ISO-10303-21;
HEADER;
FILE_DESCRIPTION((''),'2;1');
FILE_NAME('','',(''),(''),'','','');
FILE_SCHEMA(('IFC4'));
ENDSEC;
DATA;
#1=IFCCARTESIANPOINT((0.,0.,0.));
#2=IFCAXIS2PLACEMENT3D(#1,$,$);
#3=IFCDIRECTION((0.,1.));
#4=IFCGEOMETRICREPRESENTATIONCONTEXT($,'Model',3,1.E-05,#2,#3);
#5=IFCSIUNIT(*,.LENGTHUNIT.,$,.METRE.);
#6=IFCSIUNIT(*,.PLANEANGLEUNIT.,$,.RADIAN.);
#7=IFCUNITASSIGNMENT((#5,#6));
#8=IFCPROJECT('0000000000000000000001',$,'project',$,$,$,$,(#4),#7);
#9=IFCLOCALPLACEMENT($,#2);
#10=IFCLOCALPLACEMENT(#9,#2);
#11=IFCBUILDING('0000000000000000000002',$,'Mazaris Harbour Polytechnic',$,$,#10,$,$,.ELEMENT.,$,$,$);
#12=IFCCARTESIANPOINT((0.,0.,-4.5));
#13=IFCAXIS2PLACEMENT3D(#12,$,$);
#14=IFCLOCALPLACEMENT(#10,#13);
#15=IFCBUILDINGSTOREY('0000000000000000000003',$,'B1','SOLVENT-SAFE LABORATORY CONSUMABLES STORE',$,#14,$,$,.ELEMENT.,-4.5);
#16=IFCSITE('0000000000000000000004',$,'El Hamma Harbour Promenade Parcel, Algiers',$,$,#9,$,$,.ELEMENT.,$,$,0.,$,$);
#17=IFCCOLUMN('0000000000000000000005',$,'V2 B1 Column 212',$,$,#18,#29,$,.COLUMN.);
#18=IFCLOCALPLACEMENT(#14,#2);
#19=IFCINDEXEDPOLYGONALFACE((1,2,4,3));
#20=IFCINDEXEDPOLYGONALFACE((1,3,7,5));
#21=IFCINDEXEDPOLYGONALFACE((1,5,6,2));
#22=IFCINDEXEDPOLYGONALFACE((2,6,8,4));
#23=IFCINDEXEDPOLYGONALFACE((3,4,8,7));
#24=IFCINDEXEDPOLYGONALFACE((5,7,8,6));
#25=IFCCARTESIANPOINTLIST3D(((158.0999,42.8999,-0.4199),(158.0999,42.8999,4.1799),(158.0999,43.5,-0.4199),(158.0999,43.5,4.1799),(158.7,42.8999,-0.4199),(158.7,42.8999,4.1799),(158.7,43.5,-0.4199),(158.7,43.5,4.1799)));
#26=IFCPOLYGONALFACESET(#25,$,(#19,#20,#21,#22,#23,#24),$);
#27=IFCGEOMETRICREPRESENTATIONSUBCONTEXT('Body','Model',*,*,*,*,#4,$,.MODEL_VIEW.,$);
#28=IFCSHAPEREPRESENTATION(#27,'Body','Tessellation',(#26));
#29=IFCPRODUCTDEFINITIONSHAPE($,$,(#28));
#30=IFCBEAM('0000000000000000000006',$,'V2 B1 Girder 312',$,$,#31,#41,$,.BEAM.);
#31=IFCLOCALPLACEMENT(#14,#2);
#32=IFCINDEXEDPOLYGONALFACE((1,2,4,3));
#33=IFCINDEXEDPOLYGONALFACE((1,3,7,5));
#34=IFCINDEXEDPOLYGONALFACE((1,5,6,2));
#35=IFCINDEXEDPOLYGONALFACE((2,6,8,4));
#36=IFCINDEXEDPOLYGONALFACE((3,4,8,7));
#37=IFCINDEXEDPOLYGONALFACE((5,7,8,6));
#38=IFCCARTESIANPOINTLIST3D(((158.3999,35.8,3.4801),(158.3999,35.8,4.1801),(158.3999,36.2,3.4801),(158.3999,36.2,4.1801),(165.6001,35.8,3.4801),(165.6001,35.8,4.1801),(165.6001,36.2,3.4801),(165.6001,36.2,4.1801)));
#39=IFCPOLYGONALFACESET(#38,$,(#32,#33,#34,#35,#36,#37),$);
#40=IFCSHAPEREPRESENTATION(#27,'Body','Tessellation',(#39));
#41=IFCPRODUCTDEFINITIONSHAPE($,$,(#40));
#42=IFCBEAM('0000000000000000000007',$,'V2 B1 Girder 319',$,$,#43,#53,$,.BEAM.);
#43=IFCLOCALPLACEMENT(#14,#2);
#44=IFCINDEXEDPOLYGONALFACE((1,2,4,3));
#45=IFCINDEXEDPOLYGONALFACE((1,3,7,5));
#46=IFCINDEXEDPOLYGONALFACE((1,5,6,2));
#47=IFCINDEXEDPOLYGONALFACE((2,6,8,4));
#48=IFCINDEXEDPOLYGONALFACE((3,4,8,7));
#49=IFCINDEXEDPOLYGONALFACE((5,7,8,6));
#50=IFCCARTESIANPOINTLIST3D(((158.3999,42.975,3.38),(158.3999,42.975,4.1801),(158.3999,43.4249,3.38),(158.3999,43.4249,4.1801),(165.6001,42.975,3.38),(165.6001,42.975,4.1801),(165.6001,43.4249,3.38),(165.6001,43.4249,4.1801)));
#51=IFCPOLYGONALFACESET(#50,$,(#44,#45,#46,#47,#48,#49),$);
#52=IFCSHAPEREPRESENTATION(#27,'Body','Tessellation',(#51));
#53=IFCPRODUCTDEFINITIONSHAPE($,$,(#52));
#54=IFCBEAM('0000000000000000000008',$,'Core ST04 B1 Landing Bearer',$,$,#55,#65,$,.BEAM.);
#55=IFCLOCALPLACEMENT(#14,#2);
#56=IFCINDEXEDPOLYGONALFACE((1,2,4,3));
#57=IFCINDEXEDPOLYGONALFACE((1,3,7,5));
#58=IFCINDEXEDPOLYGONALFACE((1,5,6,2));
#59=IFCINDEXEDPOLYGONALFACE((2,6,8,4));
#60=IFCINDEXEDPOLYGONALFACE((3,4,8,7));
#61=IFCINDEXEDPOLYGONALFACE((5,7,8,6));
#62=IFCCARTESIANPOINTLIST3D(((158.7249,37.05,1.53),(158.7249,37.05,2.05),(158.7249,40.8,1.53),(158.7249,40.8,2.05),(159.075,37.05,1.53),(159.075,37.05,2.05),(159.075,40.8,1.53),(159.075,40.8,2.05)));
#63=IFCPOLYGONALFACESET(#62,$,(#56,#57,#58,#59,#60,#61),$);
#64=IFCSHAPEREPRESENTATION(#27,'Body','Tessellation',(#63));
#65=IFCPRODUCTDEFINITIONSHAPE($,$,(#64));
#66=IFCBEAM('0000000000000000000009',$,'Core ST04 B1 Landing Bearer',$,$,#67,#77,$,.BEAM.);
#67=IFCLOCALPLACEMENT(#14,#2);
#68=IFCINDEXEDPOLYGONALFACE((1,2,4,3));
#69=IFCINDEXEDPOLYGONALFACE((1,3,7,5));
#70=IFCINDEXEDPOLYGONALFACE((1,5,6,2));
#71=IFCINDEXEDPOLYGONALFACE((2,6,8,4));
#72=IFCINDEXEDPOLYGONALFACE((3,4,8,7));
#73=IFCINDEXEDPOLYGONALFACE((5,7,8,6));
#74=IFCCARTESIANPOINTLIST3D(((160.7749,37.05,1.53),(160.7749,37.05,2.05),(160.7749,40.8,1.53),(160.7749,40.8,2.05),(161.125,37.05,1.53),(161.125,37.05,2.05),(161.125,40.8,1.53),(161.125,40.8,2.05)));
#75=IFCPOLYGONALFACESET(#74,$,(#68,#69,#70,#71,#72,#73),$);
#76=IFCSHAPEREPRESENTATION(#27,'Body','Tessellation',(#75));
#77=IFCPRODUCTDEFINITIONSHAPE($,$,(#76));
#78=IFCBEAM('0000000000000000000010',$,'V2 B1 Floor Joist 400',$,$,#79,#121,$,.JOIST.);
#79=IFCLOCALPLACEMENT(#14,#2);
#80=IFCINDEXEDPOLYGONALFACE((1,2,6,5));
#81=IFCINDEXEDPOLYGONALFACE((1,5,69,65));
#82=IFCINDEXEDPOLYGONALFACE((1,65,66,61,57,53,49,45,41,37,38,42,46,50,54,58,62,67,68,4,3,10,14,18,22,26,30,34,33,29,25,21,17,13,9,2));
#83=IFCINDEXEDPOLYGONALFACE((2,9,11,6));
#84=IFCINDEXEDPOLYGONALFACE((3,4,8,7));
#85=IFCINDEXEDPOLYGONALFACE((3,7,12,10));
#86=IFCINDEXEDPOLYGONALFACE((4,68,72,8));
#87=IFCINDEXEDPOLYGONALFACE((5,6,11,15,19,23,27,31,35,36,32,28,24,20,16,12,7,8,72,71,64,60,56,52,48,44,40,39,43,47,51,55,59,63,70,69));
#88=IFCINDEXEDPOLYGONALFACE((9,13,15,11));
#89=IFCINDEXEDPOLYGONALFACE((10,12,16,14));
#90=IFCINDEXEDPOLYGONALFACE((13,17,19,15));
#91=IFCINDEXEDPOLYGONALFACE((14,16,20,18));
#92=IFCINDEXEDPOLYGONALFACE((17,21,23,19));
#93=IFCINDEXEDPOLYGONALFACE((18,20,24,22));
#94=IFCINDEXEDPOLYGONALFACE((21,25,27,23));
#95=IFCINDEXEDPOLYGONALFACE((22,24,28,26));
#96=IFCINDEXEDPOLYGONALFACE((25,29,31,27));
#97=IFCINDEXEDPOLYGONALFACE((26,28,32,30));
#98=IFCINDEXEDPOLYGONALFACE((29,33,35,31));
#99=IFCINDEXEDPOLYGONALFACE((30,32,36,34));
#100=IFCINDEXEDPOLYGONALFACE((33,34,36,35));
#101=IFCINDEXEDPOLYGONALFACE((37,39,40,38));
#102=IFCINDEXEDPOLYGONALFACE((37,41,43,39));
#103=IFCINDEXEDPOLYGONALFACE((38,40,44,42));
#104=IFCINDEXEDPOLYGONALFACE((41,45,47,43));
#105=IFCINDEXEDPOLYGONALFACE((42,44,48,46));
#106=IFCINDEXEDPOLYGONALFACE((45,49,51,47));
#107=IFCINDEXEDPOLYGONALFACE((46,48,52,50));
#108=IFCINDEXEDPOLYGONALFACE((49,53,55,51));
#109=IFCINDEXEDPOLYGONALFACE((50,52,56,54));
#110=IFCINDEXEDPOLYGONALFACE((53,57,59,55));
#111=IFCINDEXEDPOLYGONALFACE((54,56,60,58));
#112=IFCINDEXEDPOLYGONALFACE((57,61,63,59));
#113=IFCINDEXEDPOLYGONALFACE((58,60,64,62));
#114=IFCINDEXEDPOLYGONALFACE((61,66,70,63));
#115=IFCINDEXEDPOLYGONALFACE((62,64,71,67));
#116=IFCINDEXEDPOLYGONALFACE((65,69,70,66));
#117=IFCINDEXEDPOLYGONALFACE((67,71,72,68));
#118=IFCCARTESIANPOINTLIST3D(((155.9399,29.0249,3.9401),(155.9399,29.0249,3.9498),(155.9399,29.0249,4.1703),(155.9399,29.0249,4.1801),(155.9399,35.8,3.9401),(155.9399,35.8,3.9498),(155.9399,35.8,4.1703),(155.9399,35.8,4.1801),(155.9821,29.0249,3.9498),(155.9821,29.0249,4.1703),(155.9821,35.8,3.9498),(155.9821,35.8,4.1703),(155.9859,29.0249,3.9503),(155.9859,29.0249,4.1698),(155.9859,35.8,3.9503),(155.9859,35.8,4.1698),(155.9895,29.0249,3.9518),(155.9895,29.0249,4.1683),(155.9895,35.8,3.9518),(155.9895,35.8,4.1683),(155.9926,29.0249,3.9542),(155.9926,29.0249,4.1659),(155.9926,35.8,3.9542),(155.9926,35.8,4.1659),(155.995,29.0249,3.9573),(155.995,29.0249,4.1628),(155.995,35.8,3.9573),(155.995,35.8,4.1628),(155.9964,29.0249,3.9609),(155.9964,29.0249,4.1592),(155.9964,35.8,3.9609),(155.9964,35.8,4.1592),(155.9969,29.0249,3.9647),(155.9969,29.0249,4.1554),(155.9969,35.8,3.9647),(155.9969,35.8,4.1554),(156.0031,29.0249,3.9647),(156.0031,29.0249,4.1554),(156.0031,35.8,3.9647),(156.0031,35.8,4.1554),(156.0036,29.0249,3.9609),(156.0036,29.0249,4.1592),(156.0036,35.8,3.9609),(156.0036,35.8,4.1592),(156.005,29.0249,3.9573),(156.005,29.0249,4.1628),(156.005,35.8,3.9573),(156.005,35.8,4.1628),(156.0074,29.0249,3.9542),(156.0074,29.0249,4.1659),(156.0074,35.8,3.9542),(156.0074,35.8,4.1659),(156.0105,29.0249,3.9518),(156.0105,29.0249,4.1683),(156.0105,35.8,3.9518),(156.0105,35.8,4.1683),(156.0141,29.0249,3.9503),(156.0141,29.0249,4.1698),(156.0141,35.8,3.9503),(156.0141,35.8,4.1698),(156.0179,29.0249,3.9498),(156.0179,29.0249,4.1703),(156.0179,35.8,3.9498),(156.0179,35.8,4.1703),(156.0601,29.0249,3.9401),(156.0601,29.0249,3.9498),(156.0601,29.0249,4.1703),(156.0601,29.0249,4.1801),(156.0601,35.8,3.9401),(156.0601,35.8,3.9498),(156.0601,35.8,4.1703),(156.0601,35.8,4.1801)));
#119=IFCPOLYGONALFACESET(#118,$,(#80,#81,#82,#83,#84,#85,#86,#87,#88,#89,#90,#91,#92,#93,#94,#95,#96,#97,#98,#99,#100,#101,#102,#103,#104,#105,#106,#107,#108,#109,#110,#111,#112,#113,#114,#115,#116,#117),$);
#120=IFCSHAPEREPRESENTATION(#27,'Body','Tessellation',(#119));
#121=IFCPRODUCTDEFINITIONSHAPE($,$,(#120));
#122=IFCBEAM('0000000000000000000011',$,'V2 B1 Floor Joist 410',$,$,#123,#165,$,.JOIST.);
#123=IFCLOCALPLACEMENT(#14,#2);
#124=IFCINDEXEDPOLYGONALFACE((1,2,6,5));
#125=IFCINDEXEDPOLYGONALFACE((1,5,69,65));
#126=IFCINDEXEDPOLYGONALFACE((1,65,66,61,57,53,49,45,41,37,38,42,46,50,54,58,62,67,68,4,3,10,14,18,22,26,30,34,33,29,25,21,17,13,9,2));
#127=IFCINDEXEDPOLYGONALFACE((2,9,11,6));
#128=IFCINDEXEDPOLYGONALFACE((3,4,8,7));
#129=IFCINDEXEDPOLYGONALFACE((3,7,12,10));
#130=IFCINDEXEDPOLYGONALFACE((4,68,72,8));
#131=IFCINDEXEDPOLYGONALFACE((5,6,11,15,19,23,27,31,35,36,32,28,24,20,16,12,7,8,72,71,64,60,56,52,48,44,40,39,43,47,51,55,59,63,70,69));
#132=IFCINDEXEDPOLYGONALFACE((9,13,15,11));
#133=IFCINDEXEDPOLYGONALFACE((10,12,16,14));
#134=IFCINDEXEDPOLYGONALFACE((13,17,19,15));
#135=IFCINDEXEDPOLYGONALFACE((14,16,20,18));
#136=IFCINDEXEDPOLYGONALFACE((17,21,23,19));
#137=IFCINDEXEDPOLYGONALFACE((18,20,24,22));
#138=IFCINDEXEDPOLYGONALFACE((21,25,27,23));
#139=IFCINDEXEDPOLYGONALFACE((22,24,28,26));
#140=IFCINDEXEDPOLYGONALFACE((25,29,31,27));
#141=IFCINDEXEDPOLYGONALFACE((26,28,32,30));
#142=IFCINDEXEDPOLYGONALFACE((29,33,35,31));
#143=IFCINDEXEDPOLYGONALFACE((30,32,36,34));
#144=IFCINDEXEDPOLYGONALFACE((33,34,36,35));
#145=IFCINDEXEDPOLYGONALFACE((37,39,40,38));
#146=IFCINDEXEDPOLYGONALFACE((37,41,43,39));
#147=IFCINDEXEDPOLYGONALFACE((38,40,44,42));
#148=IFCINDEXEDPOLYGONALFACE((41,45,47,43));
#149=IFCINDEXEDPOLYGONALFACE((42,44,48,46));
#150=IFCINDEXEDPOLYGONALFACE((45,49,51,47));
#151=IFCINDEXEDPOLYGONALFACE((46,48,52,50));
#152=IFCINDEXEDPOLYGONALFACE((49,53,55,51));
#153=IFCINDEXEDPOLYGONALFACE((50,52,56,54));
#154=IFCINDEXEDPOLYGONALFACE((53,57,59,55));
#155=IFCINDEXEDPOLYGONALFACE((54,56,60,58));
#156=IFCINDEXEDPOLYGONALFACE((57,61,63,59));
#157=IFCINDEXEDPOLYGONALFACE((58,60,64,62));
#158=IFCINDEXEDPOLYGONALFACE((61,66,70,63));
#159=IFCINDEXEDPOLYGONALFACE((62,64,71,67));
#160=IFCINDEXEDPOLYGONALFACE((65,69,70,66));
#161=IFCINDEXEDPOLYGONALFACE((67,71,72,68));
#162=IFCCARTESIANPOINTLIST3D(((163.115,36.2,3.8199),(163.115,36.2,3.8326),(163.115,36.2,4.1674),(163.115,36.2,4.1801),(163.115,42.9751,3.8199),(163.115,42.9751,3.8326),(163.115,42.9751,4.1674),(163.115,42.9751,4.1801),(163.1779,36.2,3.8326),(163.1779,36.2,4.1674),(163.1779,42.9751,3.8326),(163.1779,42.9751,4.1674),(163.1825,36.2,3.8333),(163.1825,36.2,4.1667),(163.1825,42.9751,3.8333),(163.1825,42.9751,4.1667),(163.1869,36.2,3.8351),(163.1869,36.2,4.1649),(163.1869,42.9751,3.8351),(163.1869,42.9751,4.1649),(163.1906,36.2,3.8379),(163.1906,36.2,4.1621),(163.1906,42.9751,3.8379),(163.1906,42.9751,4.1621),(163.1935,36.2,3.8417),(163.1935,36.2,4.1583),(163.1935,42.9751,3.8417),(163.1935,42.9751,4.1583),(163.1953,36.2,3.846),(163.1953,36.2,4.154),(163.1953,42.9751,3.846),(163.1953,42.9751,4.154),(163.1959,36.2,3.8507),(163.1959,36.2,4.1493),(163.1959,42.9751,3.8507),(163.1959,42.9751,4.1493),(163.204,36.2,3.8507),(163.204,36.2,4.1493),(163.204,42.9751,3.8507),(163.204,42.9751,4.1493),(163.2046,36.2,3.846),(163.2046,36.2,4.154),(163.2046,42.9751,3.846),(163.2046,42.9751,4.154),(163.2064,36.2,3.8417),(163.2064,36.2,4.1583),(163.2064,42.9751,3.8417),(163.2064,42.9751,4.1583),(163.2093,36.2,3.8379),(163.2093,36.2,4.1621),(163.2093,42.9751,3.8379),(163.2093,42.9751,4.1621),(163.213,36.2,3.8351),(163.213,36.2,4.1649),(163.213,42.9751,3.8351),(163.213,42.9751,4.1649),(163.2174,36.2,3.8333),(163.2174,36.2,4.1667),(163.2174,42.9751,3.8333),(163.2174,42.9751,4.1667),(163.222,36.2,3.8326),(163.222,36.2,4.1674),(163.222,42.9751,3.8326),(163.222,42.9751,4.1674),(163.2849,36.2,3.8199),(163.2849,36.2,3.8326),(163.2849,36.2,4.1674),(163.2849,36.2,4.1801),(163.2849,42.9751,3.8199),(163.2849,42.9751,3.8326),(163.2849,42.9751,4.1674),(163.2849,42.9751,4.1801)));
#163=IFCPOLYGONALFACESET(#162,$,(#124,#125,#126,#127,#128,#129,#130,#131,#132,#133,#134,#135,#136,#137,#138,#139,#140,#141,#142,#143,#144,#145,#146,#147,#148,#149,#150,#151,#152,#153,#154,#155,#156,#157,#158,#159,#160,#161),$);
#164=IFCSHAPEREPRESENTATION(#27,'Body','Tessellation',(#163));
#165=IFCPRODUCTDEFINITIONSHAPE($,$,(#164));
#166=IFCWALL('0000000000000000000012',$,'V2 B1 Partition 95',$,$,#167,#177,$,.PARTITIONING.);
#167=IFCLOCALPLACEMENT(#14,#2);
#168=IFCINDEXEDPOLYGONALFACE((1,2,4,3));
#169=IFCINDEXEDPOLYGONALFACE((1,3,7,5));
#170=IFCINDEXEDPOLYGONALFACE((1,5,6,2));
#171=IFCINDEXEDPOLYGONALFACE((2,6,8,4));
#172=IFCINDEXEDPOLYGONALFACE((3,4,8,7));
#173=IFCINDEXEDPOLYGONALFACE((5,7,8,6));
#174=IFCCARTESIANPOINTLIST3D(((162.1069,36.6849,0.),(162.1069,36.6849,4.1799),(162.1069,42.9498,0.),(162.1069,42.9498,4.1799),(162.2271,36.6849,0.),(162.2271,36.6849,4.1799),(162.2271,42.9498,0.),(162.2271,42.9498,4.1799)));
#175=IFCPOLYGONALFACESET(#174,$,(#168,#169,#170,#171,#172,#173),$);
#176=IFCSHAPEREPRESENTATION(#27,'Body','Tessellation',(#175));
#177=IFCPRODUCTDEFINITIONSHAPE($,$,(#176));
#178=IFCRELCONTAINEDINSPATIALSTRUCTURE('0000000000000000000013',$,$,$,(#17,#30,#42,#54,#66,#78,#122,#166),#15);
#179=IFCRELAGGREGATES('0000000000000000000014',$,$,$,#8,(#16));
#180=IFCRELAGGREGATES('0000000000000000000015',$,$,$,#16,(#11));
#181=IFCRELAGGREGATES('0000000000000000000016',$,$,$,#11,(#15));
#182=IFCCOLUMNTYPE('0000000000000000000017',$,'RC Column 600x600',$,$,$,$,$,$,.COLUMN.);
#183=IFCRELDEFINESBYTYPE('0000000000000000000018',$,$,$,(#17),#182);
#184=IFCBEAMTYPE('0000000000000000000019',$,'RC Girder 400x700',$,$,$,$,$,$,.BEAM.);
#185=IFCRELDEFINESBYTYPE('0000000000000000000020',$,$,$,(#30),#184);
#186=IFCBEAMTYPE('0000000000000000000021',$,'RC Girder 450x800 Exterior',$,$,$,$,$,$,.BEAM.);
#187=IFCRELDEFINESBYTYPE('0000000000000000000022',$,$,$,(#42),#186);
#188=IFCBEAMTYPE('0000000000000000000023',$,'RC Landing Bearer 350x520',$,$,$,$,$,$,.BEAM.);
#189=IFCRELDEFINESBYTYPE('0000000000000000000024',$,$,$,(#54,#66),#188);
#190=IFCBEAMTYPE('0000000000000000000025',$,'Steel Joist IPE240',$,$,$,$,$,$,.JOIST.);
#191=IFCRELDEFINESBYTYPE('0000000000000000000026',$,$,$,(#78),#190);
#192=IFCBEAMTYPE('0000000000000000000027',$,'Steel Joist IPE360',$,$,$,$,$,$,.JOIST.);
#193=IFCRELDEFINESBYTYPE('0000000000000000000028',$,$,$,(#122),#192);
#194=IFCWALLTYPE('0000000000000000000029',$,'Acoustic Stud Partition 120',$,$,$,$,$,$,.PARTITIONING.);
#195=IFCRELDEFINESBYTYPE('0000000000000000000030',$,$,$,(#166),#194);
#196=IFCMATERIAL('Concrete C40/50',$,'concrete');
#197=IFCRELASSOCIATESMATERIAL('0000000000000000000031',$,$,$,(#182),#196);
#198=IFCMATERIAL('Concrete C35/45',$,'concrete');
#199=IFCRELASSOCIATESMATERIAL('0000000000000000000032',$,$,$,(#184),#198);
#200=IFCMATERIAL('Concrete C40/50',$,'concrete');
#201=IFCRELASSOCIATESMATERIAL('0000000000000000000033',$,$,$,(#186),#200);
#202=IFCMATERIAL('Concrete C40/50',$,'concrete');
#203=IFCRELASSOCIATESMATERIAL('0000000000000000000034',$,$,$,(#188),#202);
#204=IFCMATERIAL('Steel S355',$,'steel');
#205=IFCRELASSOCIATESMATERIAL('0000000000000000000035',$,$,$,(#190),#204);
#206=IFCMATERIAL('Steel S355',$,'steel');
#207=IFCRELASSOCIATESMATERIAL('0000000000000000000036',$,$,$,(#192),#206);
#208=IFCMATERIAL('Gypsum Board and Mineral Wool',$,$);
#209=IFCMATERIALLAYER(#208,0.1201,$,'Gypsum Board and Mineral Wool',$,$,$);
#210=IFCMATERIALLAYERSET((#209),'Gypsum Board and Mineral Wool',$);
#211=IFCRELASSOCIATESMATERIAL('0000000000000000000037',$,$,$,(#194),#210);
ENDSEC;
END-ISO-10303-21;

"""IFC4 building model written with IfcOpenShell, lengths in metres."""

from ifc_helpers import new_model, si_unit, direction, frame, frame_2d, origin, origin_2d, place, context, subcontext, project, spatial, rectangle, i_section, extrude, material, layer, layer_set, material_profile, profile_set, type_object, element, save


model = new_model("IFC4")

# Units and contexts
model_context = context("Model", 3, precision=1e-05, world=origin(), true_north=direction((0.0, 1.0)))
body_context = subcontext(model_context, "Body", "Model", "MODEL_VIEW")
ifc_project = project(units=[si_unit("LENGTHUNIT", "METRE"), si_unit("PLANEANGLEUNIT", "RADIAN")], contexts=[model_context])

# Site, building, storey
site_placement = place(None, origin())
site = spatial("IfcSite", under=ifc_project, at=site_placement, Name="El Hamma Harbour Promenade Parcel, Algiers", CompositionType="ELEMENT", RefElevation=0.0)
building_placement = place(site_placement, origin())
building = spatial("IfcBuilding", under=site, at=building_placement, Name="Mazaris Harbour Polytechnic", CompositionType="ELEMENT")
storey_placement = place(building_placement, frame((0.0, 0.0, -4.5)))
storey = spatial("IfcBuildingStorey", under=building, at=storey_placement, Name="B1", Description="SOLVENT-SAFE LABORATORY CONSUMABLES STORE", CompositionType="ELEMENT", Elevation=-4.5)

# Column
ifc_material_1 = material(Name="Concrete C40/50", Category="concrete")
ifc_material_profile_1 = material_profile(ifc_material_1, rectangle(XDim=0.6001, YDim=0.6001, at=origin_2d()), Name="RECT600x600")
ifc_profile_set_1 = profile_set([ifc_material_profile_1], Name="Concrete C40/50")
column_type_1 = type_object("IfcColumnType", Name="RC Column 600x600", PredefinedType="COLUMN", material=ifc_profile_set_1)
column_1_placement = place(storey_placement, frame((158.3999, 43.2, -0.4199), z_axis=(0.0, 0.0, 1.0), x_axis=(1.0, 0.0, 0.0)))
element("IfcColumn", 1, at=column_1_placement, inside=storey, type_object=column_type_1, Name="V2 B1 Column 212", PredefinedType="COLUMN", context=body_context, shape_type="SweptSolid", body=[
    extrude(rectangle(XDim=0.6001, YDim=0.6001, at=origin_2d()), origin(), (0.0, 0.0, 1.0), 4.5999),
])

# Beams
ifc_material_2 = material(Name="Concrete C35/45", Category="concrete")
ifc_material_profile_2 = material_profile(ifc_material_2, rectangle(XDim=0.3999, YDim=0.7, at=origin_2d()), Name="RECT400x700")
ifc_profile_set_2 = profile_set([ifc_material_profile_2], Name="Concrete C35/45")
beam_type_1 = type_object("IfcBeamType", Name="RC Girder 400x700", PredefinedType="BEAM", material=ifc_profile_set_2)
beam_1_placement = place(storey_placement, frame((158.3999, 36.0, 3.8301), z_axis=(1.0, 0.0, 0.0), x_axis=(0.0, 1.0, 0.0)))
element("IfcBeam", 2, at=beam_1_placement, inside=storey, type_object=beam_type_1, Name="V2 B1 Girder 312", PredefinedType="BEAM", context=body_context, shape_type="SweptSolid", body=[
    extrude(rectangle(XDim=0.3999, YDim=0.7, at=origin_2d()), origin(), (0.0, 0.0, 1.0), 7.2002),
])
ifc_material_3 = material(Name="Concrete C40/50", Category="concrete")
ifc_material_profile_3 = material_profile(ifc_material_3, rectangle(XDim=0.45, YDim=0.8, at=origin_2d()), Name="RECT450x800")
ifc_profile_set_3 = profile_set([ifc_material_profile_3], Name="Concrete C40/50")
beam_type_2 = type_object("IfcBeamType", Name="RC Girder 450x800 Exterior", PredefinedType="BEAM", material=ifc_profile_set_3)
beam_2_placement = place(storey_placement, frame((158.3999, 43.2, 3.78), z_axis=(1.0, 0.0, 0.0), x_axis=(0.0, 1.0, 0.0)))
element("IfcBeam", 3, at=beam_2_placement, inside=storey, type_object=beam_type_2, Name="V2 B1 Girder 319", PredefinedType="BEAM", context=body_context, shape_type="SweptSolid", body=[
    extrude(rectangle(XDim=0.45, YDim=0.8, at=origin_2d()), origin(), (0.0, 0.0, 1.0), 7.2002),
])
ifc_material_4 = material(Name="Concrete C40/50", Category="concrete")
ifc_material_profile_4 = material_profile(ifc_material_4, rectangle(XDim=0.3501, YDim=0.52, at=origin_2d()), Name="RECT350x520")
ifc_profile_set_4 = profile_set([ifc_material_profile_4], Name="Concrete C40/50")
beam_type_3 = type_object("IfcBeamType", Name="RC Landing Bearer 350x520", PredefinedType="BEAM", material=ifc_profile_set_4)
for number, where, z_axis, x_axis, name in (
    (4, (158.8999, 37.05, 1.79), (0.0, 1.0, 0.0), (-1.0, 0.0, 0.0), "Core ST04 B1 Landing Bearer"),
    (5, (160.95, 37.05, 1.79), (0.0, 1.0, 0.0), (-1.0, 0.0, 0.0), "Core ST04 B1 Landing Bearer"),
):
    element("IfcBeam", number, at=place(storey_placement, frame(where, z_axis=z_axis, x_axis=x_axis)), inside=storey, type_object=beam_type_3, Name=name, PredefinedType="BEAM", context=body_context, shape_type="SweptSolid", body=[
        extrude(rectangle(XDim=0.3501, YDim=0.52, at=origin_2d()), origin(), (0.0, 0.0, 1.0), 3.75),
    ])
ifc_material_5 = material(Name="Steel S355", Category="steel")
ifc_material_profile_5 = material_profile(ifc_material_5, i_section(OverallWidth=0.1201, OverallDepth=0.24, WebThickness=0.0061, FlangeThickness=0.0098, FilletRadius=0.0149, at=origin_2d()), Name="IPE 240")
ifc_profile_set_5 = profile_set([ifc_material_profile_5], Name="Steel S355")
beam_type_4 = type_object("IfcBeamType", Name="Steel Joist IPE240", PredefinedType="JOIST", material=ifc_profile_set_5)
beam_3_placement = place(storey_placement, frame((156.0, 29.0249, 4.0601), z_axis=(0.0, 1.0, 0.0), x_axis=(-1.0, 0.0, 0.0)))
element("IfcBeam", 6, at=beam_3_placement, inside=storey, type_object=beam_type_4, Name="V2 B1 Floor Joist 400", PredefinedType="JOIST", context=body_context, shape_type="SweptSolid", body=[
    extrude(i_section(OverallWidth=0.1201, OverallDepth=0.24, WebThickness=0.0061, FlangeThickness=0.0098, FilletRadius=0.0149, at=origin_2d()), origin(), (0.0, 0.0, 1.0), 6.7751),
])
ifc_material_6 = material(Name="Steel S355", Category="steel")
ifc_material_profile_6 = material_profile(ifc_material_6, i_section(OverallWidth=0.1699, OverallDepth=0.3601, WebThickness=0.0081, FlangeThickness=0.0127, FilletRadius=0.0181, at=origin_2d()), Name="IPE 360")
ifc_profile_set_6 = profile_set([ifc_material_profile_6], Name="Steel S355")
beam_type_5 = type_object("IfcBeamType", Name="Steel Joist IPE360", PredefinedType="JOIST", material=ifc_profile_set_6)
beam_4_placement = place(storey_placement, frame((163.2, 36.2, 4.0), z_axis=(0.0, 1.0, 0.0), x_axis=(-1.0, 0.0, 0.0)))
element("IfcBeam", 7, at=beam_4_placement, inside=storey, type_object=beam_type_5, Name="V2 B1 Floor Joist 410", PredefinedType="JOIST", context=body_context, shape_type="SweptSolid", body=[
    extrude(i_section(OverallWidth=0.1699, OverallDepth=0.3601, WebThickness=0.0081, FlangeThickness=0.0127, FilletRadius=0.0181, at=origin_2d()), origin(), (0.0, 0.0, 1.0), 6.7751),
])

# Wall
ifc_material_7 = material(Name="Gypsum Board and Mineral Wool")
ifc_layer_1 = layer(ifc_material_7, 0.1201, Name="Gypsum Board and Mineral Wool")
ifc_layer_set_1 = layer_set([ifc_layer_1], Name="Gypsum Board and Mineral Wool")
wall_type_1 = type_object("IfcWallType", Name="Acoustic Stud Partition 120", PredefinedType="PARTITIONING", material=ifc_layer_set_1)
wall_1_placement = place(storey_placement, frame((162.167, 36.6851, 0.0), z_axis=(0.0, 0.0, 1.0), x_axis=(0.0, 1.0, 0.0)))
element("IfcWall", 8, at=wall_1_placement, inside=storey, type_object=wall_type_1, Name="V2 B1 Partition 95", PredefinedType="PARTITIONING", context=body_context, shape_type="SweptSolid", body=[
    extrude(rectangle(XDim=6.2649, YDim=0.1201, at=frame_2d((3.1323, 0.0))), origin(), (0.0, 0.0, 1.0), 4.1799),
])

save(model, "model.ifc")
